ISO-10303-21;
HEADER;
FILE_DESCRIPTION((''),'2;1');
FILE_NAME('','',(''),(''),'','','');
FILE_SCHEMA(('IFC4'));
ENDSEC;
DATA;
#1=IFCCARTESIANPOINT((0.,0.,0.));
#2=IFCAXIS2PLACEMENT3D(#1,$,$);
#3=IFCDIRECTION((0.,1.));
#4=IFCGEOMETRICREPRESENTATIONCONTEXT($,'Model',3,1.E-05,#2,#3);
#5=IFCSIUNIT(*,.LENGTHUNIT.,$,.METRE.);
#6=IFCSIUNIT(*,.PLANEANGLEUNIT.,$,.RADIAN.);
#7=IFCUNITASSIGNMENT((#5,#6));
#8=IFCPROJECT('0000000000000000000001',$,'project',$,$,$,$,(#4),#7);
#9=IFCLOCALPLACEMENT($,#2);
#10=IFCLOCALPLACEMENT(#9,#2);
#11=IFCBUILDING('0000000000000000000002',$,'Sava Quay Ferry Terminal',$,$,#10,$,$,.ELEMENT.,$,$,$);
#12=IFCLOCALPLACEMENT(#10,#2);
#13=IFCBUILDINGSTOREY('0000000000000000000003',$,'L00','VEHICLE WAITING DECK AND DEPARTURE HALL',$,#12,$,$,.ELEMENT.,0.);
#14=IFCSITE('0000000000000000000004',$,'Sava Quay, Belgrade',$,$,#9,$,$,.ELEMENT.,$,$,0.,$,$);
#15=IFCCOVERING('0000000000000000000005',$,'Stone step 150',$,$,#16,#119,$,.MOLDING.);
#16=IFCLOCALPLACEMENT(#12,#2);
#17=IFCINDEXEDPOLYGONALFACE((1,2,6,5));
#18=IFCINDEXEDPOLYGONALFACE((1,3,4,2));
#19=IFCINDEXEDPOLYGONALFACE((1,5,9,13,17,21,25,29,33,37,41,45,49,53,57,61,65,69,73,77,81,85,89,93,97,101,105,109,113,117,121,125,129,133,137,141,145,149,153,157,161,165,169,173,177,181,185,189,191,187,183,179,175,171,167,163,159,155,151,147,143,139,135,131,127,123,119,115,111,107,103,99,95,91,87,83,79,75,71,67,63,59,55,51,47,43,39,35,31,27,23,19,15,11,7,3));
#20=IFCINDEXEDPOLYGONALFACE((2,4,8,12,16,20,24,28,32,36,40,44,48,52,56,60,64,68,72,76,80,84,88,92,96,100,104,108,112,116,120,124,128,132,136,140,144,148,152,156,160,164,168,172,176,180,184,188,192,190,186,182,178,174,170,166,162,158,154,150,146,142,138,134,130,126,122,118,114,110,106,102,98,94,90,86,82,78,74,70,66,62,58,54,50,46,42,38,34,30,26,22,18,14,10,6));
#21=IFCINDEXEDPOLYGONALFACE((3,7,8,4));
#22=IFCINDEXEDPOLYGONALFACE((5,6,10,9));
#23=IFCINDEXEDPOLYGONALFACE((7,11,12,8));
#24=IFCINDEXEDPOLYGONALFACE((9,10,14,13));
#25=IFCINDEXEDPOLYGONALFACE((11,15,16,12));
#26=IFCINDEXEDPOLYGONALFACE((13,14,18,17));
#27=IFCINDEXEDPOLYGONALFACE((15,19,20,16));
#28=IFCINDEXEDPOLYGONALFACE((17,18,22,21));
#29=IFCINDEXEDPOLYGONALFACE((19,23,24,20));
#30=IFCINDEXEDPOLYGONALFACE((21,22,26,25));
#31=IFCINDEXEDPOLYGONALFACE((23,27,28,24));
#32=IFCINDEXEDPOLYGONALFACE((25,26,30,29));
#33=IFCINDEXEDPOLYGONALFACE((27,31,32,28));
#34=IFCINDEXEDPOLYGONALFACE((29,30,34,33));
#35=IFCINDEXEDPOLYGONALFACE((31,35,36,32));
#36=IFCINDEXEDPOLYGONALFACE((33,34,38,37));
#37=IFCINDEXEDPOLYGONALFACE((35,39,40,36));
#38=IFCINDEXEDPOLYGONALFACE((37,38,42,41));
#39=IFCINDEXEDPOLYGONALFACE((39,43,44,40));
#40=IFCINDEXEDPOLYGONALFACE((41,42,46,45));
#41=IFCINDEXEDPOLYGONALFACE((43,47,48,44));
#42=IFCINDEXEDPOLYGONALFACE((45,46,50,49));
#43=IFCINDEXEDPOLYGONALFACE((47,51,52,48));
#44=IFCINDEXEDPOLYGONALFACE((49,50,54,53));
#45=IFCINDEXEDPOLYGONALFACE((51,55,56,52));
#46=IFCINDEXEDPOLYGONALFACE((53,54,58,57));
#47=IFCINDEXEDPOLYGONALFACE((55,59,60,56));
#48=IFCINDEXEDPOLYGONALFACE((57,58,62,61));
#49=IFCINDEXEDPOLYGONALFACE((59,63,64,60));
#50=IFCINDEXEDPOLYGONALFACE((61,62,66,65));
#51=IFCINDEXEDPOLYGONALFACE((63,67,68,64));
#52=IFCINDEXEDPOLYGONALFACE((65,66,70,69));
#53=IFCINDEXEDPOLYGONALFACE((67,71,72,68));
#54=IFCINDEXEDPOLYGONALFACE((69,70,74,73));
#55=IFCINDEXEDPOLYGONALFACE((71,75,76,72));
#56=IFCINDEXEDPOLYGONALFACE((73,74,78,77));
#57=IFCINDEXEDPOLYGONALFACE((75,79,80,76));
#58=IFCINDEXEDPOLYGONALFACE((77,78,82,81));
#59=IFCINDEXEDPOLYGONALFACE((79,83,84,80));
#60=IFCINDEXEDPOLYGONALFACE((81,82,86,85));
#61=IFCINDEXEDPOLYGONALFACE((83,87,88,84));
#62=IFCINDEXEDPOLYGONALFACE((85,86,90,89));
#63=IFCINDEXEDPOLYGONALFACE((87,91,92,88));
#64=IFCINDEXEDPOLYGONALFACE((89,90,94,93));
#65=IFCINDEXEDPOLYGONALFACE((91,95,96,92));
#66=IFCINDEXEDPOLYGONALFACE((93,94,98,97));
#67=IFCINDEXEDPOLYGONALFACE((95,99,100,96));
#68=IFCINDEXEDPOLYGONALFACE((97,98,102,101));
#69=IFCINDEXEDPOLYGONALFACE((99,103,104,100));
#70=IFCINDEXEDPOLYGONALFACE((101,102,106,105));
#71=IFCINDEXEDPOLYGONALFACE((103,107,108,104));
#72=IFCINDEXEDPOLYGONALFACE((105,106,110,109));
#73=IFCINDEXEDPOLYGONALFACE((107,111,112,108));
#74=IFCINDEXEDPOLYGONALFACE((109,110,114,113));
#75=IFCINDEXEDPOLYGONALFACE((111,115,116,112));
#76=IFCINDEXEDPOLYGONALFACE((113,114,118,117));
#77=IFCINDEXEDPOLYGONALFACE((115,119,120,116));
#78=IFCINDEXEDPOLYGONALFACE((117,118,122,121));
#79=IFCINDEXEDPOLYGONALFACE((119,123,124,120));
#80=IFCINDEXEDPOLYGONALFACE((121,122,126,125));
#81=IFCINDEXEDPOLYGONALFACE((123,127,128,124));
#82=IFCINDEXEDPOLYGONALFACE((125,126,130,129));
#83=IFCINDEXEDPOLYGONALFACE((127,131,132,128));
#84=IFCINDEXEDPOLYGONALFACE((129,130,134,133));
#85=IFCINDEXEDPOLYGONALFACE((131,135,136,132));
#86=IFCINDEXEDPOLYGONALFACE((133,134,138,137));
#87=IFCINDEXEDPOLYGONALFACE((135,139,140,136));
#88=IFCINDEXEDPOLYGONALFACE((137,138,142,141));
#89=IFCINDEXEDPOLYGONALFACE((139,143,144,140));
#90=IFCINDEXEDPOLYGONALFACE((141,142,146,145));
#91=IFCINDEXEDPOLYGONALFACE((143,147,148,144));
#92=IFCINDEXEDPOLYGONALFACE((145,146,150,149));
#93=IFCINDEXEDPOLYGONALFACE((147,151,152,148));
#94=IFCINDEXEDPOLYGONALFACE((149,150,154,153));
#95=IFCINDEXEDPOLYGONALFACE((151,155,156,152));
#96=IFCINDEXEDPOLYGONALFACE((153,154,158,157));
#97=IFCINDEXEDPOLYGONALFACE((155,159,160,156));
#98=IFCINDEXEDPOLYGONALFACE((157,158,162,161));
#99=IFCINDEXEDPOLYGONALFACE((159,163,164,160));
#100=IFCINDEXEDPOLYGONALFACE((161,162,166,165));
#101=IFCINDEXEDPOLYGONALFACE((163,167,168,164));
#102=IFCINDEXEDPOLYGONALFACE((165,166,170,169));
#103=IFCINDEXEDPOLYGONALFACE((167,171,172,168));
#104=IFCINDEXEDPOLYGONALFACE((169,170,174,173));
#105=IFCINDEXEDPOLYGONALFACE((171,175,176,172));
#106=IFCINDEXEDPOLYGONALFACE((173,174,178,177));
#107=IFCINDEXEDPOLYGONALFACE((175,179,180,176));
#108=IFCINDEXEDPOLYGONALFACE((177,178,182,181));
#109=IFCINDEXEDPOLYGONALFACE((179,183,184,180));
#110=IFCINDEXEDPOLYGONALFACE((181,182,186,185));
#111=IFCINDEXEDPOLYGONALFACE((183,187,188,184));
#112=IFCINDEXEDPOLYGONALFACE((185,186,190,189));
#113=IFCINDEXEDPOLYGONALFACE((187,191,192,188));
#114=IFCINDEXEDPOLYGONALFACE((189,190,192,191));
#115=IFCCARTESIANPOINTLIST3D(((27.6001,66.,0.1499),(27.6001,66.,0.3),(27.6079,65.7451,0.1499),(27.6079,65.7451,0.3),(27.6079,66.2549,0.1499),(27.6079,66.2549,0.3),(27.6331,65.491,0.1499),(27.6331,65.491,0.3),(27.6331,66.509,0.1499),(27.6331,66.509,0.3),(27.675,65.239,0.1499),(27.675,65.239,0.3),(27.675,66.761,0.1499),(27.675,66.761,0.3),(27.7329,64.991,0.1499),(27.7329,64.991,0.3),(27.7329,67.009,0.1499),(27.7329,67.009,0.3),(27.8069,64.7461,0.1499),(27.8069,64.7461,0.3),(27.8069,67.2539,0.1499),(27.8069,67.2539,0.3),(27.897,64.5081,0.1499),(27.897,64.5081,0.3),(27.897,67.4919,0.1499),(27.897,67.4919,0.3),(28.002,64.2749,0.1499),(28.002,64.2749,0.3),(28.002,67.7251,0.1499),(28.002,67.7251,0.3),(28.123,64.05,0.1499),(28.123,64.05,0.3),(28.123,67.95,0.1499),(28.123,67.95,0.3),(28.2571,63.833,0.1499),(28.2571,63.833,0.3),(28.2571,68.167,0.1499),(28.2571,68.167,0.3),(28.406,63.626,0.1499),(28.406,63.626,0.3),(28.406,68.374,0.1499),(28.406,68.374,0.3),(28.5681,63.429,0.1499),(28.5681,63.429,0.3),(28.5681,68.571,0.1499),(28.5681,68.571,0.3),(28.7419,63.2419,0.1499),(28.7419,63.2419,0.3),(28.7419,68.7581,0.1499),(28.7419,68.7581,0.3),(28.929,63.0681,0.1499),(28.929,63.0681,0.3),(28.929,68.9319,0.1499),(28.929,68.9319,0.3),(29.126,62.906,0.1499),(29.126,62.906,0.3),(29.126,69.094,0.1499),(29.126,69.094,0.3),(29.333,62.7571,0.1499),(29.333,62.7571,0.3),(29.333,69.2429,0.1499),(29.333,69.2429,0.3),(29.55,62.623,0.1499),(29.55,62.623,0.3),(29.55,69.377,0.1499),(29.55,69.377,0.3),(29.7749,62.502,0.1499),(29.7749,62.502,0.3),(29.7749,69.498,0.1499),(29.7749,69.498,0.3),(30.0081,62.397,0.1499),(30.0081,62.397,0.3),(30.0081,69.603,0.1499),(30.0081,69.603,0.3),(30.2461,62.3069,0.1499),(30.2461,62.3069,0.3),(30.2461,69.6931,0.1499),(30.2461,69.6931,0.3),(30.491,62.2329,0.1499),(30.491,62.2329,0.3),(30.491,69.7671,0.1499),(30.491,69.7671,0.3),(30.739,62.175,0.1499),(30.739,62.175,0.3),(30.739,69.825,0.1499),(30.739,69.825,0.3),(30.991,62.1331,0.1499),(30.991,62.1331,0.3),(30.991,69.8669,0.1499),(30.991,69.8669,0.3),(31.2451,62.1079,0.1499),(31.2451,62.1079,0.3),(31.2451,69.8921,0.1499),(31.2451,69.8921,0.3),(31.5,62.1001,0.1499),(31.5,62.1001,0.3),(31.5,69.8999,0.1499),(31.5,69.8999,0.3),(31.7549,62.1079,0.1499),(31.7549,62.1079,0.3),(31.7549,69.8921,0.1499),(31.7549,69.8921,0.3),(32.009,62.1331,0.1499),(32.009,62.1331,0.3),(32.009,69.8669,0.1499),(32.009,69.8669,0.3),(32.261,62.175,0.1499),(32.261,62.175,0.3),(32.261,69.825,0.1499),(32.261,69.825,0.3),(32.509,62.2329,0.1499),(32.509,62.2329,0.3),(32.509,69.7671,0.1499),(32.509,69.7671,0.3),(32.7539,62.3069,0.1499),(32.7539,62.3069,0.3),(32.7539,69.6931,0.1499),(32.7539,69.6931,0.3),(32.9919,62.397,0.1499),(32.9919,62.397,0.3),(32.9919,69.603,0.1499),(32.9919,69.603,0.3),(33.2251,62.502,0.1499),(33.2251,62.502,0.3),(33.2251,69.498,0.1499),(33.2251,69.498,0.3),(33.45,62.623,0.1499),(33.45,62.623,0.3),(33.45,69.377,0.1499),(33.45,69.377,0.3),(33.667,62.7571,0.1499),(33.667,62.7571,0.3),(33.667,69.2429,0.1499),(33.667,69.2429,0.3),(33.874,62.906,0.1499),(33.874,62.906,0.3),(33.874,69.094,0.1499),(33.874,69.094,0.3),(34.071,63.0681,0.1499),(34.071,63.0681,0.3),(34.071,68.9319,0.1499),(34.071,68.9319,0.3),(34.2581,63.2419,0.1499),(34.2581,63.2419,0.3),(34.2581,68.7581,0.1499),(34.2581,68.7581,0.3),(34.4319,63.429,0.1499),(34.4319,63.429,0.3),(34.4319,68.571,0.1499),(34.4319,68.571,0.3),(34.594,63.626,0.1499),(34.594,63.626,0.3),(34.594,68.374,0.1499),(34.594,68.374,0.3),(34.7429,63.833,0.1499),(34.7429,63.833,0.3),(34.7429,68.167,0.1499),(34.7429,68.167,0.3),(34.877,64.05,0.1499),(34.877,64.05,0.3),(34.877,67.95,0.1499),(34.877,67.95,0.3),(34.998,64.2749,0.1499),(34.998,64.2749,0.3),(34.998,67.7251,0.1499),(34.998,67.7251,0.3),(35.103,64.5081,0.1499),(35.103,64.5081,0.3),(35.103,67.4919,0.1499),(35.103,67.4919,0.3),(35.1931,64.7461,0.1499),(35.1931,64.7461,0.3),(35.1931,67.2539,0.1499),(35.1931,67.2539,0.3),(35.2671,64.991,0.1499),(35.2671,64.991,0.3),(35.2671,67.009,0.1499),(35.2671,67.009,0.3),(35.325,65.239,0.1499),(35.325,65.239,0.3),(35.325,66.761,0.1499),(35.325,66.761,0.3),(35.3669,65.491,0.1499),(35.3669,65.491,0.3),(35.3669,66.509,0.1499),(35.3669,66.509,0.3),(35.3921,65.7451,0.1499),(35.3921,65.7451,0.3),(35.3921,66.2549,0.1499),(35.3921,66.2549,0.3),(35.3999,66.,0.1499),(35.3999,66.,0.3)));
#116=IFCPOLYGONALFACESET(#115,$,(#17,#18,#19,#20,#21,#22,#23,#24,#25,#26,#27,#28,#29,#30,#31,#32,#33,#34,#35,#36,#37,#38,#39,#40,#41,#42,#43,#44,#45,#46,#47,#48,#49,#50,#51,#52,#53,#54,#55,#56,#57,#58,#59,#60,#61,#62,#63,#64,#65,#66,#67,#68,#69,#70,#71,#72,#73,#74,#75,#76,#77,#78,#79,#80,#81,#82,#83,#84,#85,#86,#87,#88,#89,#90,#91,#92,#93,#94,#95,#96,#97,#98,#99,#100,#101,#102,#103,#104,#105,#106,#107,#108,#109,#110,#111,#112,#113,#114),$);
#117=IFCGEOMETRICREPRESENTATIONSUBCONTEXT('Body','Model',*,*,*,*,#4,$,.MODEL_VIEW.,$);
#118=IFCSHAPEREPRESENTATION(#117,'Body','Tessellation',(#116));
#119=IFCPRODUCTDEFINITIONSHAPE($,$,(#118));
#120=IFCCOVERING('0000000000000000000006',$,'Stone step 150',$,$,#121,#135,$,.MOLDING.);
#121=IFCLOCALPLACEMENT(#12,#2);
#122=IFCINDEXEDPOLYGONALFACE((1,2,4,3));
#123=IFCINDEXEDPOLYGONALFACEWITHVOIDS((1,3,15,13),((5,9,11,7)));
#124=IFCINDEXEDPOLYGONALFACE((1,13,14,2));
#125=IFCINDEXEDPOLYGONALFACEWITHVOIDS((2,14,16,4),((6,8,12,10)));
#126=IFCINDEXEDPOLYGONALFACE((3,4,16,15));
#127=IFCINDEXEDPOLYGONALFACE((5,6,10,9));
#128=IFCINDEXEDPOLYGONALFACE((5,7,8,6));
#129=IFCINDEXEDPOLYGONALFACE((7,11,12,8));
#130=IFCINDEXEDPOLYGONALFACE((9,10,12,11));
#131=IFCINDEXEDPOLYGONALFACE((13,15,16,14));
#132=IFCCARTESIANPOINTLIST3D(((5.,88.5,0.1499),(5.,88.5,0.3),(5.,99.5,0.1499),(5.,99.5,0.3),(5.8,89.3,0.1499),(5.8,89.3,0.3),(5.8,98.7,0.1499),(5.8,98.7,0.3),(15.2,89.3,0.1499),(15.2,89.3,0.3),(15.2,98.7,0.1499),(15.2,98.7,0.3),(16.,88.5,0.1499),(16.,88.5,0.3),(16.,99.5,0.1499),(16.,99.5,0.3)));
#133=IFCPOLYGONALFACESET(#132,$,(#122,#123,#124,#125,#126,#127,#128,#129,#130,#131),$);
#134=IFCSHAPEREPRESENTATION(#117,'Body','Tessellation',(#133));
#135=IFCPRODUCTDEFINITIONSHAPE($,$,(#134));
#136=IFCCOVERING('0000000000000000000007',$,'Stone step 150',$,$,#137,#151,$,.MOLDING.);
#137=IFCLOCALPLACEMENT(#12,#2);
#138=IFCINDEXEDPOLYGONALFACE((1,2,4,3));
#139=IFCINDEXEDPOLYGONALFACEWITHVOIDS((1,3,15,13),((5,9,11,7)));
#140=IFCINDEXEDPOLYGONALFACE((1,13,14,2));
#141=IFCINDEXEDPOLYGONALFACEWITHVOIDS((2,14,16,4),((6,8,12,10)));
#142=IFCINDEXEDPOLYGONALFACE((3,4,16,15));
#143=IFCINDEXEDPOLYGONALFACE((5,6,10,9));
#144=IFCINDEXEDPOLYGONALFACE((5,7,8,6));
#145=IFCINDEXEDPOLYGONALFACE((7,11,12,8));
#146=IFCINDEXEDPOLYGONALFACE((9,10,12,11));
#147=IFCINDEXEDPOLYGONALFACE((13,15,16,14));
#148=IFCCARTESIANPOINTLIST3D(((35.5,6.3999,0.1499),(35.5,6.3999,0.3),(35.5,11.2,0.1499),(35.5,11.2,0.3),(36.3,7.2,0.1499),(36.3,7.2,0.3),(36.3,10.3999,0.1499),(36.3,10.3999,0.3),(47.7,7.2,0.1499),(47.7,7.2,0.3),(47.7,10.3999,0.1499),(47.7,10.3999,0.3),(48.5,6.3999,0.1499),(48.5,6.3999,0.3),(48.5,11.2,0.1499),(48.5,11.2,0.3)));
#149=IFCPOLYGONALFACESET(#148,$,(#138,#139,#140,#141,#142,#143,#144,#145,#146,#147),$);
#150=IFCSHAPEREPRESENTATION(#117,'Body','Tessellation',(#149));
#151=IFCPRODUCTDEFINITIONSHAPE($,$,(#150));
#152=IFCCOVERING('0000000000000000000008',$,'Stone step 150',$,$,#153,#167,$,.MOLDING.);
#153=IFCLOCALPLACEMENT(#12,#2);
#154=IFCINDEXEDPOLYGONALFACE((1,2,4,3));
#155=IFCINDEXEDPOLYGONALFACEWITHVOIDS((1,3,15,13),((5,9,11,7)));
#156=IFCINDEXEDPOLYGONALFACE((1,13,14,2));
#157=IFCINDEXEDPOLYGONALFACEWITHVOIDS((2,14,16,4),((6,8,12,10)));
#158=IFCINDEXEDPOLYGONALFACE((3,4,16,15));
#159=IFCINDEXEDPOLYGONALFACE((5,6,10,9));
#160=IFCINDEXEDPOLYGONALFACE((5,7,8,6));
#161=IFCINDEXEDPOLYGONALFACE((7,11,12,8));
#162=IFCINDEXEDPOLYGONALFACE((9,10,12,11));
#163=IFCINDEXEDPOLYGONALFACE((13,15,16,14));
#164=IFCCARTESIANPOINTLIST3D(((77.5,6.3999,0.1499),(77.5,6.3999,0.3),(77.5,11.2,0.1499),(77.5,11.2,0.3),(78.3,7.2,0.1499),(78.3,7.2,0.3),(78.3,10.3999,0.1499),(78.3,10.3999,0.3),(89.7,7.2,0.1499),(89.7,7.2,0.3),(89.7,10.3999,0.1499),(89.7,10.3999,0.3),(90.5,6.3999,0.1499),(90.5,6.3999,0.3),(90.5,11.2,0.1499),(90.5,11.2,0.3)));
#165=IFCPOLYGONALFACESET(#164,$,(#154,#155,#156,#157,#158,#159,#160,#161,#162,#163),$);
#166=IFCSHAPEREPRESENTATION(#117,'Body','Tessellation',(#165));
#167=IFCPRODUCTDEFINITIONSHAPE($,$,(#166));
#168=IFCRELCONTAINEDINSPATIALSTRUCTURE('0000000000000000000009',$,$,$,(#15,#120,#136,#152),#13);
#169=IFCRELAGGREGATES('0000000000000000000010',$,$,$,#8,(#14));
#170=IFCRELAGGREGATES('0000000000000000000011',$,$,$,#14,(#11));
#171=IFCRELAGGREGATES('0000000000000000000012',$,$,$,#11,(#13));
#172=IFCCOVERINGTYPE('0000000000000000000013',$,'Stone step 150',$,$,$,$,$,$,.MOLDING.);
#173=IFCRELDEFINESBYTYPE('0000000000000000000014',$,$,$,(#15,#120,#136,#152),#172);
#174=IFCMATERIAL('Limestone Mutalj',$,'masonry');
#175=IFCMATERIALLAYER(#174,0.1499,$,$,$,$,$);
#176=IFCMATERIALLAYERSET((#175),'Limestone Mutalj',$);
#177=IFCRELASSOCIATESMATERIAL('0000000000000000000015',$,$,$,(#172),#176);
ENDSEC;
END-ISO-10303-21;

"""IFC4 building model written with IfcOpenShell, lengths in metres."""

from ifc_helpers import new_model, si_unit, direction, frame, origin, place, context, subcontext, project, spatial, polyline, outline, extrude, material, layer, layer_set, type_object, element, save


model = new_model("IFC4")

# Units and contexts
model_context = context("Model", 3, precision=1e-05, world=origin(), true_north=direction((0.0, 1.0)))
body_context = subcontext(model_context, "Body", "Model", "MODEL_VIEW")
ifc_project = project(units=[si_unit("LENGTHUNIT", "METRE"), si_unit("PLANEANGLEUNIT", "RADIAN")], contexts=[model_context])

# Site, building, storey
site_placement = place(None, origin())
site = spatial("IfcSite", under=ifc_project, at=site_placement, Name="Sava Quay, Belgrade", CompositionType="ELEMENT", RefElevation=0.0)
building_placement = place(site_placement, origin())
building = spatial("IfcBuilding", under=site, at=building_placement, Name="Sava Quay Ferry Terminal", CompositionType="ELEMENT")
storey_placement = place(building_placement, origin())
storey = spatial("IfcBuildingStorey", under=building, at=storey_placement, Name="L00", Description="VEHICLE WAITING DECK AND DEPARTURE HALL", CompositionType="ELEMENT", Elevation=0.0)

# Coverings
ifc_material_1 = material(Name="Limestone Mutalj", Category="masonry")
ifc_layer_1 = layer(ifc_material_1, 0.1499)
ifc_layer_set_1 = layer_set([ifc_layer_1], Name="Limestone Mutalj")
covering_type_1 = type_object("IfcCoveringType", Name="Stone step 150", PredefinedType="MOLDING", material=ifc_layer_set_1)
covering_1_placement = place(storey_placement, frame((0.0, 0.0, 0.1499)))
element("IfcCovering", 1, at=covering_1_placement, inside=storey, type_object=covering_type_1, Name="Stone step 150", PredefinedType="MOLDING", context=body_context, shape_type="SweptSolid", body=[
    extrude(outline(polyline([(35.3669, 65.491), (35.3921, 65.7451), (35.3999, 66.0), (35.3921, 66.2549), (35.3669, 66.509), (35.325, 66.761), (35.2671, 67.009), (35.1931, 67.2539), (35.103, 67.4919), (34.998, 67.7251), (34.877, 67.95), (34.7429, 68.167), (34.594, 68.374), (34.4319, 68.571), (34.2581, 68.7581), (34.071, 68.9319), (33.874, 69.094), (33.667, 69.2429), (33.45, 69.377), (33.2251, 69.498), (32.9919, 69.603), (32.7539, 69.6931), (32.509, 69.7671), (32.261, 69.825), (32.009, 69.8669), (31.7549, 69.8921), (31.5, 69.8999), (31.2451, 69.8921), (30.991, 69.8669), (30.739, 69.825), (30.491, 69.7671), (30.2461, 69.6931), (30.0081, 69.603), (29.7749, 69.498), (29.55, 69.377), (29.333, 69.2429), (29.126, 69.094), (28.929, 68.9319), (28.7419, 68.7581), (28.5681, 68.571), (28.406, 68.374), (28.2571, 68.167), (28.123, 67.95), (28.002, 67.7251), (27.897, 67.4919), (27.8069, 67.2539), (27.7329, 67.009), (27.675, 66.761), (27.6331, 66.509), (27.6079, 66.2549), (27.6001, 66.0), (27.6079, 65.7451), (27.6331, 65.491), (27.675, 65.239), (27.7329, 64.991), (27.8069, 64.7461), (27.897, 64.5081), (28.002, 64.2749), (28.123, 64.05), (28.2571, 63.833), (28.406, 63.626), (28.5681, 63.429), (28.7419, 63.2419), (28.929, 63.0681), (29.126, 62.906), (29.333, 62.7571), (29.55, 62.623), (29.7749, 62.502), (30.0081, 62.397), (30.2461, 62.3069), (30.491, 62.2329), (30.739, 62.175), (30.991, 62.1331), (31.2451, 62.1079), (31.5, 62.1001), (31.7549, 62.1079), (32.009, 62.1331), (32.261, 62.175), (32.509, 62.2329), (32.7539, 62.3069), (32.9919, 62.397), (33.2251, 62.502), (33.45, 62.623), (33.667, 62.7571), (33.874, 62.906), (34.071, 63.0681), (34.2581, 63.2419), (34.4319, 63.429), (34.594, 63.626), (34.7429, 63.833), (34.877, 64.05), (34.998, 64.2749), (35.103, 64.5081), (35.1931, 64.7461), (35.2671, 64.991), (35.325, 65.239), (35.3669, 65.491)])), origin(), (0.0, 0.0, 1.0), 0.1501),
])
covering_2_placement = place(storey_placement, frame((0.0, 0.0, 0.1499)))
element("IfcCovering", 2, at=covering_2_placement, inside=storey, type_object=covering_type_1, Name="Stone step 150", PredefinedType="MOLDING", context=body_context, shape_type="SweptSolid", body=[
    extrude(outline(polyline([(16.0, 99.5), (5.0, 99.5), (5.0, 88.5), (16.0, 88.5), (16.0, 99.5)]), holes=[polyline([(5.8, 89.3), (5.8, 98.7), (15.2, 98.7), (15.2, 89.3), (5.8, 89.3)])]), origin(), (0.0, 0.0, 1.0), 0.1501),
])
covering_3_placement = place(storey_placement, frame((0.0, 0.0, 0.1499)))
element("IfcCovering", 3, at=covering_3_placement, inside=storey, type_object=covering_type_1, Name="Stone step 150", PredefinedType="MOLDING", context=body_context, shape_type="SweptSolid", body=[
    extrude(outline(polyline([(48.5, 11.2), (35.5, 11.2), (35.5, 6.3999), (48.5, 6.3999), (48.5, 11.2)]), holes=[polyline([(36.3, 10.3999), (47.7, 10.3999), (47.7, 7.2), (36.3, 7.2), (36.3, 10.3999)])]), origin(), (0.0, 0.0, 1.0), 0.1501),
])
covering_4_placement = place(storey_placement, frame((0.0, 0.0, 0.1499)))
element("IfcCovering", 4, at=covering_4_placement, inside=storey, type_object=covering_type_1, Name="Stone step 150", PredefinedType="MOLDING", context=body_context, shape_type="SweptSolid", body=[
    extrude(outline(polyline([(90.5, 11.2), (77.5, 11.2), (77.5, 6.3999), (90.5, 6.3999), (90.5, 11.2)]), holes=[polyline([(78.3, 10.3999), (89.7, 10.3999), (89.7, 7.2), (78.3, 7.2), (78.3, 10.3999)])]), origin(), (0.0, 0.0, 1.0), 0.1501),
])

save(model, "model.ifc")
